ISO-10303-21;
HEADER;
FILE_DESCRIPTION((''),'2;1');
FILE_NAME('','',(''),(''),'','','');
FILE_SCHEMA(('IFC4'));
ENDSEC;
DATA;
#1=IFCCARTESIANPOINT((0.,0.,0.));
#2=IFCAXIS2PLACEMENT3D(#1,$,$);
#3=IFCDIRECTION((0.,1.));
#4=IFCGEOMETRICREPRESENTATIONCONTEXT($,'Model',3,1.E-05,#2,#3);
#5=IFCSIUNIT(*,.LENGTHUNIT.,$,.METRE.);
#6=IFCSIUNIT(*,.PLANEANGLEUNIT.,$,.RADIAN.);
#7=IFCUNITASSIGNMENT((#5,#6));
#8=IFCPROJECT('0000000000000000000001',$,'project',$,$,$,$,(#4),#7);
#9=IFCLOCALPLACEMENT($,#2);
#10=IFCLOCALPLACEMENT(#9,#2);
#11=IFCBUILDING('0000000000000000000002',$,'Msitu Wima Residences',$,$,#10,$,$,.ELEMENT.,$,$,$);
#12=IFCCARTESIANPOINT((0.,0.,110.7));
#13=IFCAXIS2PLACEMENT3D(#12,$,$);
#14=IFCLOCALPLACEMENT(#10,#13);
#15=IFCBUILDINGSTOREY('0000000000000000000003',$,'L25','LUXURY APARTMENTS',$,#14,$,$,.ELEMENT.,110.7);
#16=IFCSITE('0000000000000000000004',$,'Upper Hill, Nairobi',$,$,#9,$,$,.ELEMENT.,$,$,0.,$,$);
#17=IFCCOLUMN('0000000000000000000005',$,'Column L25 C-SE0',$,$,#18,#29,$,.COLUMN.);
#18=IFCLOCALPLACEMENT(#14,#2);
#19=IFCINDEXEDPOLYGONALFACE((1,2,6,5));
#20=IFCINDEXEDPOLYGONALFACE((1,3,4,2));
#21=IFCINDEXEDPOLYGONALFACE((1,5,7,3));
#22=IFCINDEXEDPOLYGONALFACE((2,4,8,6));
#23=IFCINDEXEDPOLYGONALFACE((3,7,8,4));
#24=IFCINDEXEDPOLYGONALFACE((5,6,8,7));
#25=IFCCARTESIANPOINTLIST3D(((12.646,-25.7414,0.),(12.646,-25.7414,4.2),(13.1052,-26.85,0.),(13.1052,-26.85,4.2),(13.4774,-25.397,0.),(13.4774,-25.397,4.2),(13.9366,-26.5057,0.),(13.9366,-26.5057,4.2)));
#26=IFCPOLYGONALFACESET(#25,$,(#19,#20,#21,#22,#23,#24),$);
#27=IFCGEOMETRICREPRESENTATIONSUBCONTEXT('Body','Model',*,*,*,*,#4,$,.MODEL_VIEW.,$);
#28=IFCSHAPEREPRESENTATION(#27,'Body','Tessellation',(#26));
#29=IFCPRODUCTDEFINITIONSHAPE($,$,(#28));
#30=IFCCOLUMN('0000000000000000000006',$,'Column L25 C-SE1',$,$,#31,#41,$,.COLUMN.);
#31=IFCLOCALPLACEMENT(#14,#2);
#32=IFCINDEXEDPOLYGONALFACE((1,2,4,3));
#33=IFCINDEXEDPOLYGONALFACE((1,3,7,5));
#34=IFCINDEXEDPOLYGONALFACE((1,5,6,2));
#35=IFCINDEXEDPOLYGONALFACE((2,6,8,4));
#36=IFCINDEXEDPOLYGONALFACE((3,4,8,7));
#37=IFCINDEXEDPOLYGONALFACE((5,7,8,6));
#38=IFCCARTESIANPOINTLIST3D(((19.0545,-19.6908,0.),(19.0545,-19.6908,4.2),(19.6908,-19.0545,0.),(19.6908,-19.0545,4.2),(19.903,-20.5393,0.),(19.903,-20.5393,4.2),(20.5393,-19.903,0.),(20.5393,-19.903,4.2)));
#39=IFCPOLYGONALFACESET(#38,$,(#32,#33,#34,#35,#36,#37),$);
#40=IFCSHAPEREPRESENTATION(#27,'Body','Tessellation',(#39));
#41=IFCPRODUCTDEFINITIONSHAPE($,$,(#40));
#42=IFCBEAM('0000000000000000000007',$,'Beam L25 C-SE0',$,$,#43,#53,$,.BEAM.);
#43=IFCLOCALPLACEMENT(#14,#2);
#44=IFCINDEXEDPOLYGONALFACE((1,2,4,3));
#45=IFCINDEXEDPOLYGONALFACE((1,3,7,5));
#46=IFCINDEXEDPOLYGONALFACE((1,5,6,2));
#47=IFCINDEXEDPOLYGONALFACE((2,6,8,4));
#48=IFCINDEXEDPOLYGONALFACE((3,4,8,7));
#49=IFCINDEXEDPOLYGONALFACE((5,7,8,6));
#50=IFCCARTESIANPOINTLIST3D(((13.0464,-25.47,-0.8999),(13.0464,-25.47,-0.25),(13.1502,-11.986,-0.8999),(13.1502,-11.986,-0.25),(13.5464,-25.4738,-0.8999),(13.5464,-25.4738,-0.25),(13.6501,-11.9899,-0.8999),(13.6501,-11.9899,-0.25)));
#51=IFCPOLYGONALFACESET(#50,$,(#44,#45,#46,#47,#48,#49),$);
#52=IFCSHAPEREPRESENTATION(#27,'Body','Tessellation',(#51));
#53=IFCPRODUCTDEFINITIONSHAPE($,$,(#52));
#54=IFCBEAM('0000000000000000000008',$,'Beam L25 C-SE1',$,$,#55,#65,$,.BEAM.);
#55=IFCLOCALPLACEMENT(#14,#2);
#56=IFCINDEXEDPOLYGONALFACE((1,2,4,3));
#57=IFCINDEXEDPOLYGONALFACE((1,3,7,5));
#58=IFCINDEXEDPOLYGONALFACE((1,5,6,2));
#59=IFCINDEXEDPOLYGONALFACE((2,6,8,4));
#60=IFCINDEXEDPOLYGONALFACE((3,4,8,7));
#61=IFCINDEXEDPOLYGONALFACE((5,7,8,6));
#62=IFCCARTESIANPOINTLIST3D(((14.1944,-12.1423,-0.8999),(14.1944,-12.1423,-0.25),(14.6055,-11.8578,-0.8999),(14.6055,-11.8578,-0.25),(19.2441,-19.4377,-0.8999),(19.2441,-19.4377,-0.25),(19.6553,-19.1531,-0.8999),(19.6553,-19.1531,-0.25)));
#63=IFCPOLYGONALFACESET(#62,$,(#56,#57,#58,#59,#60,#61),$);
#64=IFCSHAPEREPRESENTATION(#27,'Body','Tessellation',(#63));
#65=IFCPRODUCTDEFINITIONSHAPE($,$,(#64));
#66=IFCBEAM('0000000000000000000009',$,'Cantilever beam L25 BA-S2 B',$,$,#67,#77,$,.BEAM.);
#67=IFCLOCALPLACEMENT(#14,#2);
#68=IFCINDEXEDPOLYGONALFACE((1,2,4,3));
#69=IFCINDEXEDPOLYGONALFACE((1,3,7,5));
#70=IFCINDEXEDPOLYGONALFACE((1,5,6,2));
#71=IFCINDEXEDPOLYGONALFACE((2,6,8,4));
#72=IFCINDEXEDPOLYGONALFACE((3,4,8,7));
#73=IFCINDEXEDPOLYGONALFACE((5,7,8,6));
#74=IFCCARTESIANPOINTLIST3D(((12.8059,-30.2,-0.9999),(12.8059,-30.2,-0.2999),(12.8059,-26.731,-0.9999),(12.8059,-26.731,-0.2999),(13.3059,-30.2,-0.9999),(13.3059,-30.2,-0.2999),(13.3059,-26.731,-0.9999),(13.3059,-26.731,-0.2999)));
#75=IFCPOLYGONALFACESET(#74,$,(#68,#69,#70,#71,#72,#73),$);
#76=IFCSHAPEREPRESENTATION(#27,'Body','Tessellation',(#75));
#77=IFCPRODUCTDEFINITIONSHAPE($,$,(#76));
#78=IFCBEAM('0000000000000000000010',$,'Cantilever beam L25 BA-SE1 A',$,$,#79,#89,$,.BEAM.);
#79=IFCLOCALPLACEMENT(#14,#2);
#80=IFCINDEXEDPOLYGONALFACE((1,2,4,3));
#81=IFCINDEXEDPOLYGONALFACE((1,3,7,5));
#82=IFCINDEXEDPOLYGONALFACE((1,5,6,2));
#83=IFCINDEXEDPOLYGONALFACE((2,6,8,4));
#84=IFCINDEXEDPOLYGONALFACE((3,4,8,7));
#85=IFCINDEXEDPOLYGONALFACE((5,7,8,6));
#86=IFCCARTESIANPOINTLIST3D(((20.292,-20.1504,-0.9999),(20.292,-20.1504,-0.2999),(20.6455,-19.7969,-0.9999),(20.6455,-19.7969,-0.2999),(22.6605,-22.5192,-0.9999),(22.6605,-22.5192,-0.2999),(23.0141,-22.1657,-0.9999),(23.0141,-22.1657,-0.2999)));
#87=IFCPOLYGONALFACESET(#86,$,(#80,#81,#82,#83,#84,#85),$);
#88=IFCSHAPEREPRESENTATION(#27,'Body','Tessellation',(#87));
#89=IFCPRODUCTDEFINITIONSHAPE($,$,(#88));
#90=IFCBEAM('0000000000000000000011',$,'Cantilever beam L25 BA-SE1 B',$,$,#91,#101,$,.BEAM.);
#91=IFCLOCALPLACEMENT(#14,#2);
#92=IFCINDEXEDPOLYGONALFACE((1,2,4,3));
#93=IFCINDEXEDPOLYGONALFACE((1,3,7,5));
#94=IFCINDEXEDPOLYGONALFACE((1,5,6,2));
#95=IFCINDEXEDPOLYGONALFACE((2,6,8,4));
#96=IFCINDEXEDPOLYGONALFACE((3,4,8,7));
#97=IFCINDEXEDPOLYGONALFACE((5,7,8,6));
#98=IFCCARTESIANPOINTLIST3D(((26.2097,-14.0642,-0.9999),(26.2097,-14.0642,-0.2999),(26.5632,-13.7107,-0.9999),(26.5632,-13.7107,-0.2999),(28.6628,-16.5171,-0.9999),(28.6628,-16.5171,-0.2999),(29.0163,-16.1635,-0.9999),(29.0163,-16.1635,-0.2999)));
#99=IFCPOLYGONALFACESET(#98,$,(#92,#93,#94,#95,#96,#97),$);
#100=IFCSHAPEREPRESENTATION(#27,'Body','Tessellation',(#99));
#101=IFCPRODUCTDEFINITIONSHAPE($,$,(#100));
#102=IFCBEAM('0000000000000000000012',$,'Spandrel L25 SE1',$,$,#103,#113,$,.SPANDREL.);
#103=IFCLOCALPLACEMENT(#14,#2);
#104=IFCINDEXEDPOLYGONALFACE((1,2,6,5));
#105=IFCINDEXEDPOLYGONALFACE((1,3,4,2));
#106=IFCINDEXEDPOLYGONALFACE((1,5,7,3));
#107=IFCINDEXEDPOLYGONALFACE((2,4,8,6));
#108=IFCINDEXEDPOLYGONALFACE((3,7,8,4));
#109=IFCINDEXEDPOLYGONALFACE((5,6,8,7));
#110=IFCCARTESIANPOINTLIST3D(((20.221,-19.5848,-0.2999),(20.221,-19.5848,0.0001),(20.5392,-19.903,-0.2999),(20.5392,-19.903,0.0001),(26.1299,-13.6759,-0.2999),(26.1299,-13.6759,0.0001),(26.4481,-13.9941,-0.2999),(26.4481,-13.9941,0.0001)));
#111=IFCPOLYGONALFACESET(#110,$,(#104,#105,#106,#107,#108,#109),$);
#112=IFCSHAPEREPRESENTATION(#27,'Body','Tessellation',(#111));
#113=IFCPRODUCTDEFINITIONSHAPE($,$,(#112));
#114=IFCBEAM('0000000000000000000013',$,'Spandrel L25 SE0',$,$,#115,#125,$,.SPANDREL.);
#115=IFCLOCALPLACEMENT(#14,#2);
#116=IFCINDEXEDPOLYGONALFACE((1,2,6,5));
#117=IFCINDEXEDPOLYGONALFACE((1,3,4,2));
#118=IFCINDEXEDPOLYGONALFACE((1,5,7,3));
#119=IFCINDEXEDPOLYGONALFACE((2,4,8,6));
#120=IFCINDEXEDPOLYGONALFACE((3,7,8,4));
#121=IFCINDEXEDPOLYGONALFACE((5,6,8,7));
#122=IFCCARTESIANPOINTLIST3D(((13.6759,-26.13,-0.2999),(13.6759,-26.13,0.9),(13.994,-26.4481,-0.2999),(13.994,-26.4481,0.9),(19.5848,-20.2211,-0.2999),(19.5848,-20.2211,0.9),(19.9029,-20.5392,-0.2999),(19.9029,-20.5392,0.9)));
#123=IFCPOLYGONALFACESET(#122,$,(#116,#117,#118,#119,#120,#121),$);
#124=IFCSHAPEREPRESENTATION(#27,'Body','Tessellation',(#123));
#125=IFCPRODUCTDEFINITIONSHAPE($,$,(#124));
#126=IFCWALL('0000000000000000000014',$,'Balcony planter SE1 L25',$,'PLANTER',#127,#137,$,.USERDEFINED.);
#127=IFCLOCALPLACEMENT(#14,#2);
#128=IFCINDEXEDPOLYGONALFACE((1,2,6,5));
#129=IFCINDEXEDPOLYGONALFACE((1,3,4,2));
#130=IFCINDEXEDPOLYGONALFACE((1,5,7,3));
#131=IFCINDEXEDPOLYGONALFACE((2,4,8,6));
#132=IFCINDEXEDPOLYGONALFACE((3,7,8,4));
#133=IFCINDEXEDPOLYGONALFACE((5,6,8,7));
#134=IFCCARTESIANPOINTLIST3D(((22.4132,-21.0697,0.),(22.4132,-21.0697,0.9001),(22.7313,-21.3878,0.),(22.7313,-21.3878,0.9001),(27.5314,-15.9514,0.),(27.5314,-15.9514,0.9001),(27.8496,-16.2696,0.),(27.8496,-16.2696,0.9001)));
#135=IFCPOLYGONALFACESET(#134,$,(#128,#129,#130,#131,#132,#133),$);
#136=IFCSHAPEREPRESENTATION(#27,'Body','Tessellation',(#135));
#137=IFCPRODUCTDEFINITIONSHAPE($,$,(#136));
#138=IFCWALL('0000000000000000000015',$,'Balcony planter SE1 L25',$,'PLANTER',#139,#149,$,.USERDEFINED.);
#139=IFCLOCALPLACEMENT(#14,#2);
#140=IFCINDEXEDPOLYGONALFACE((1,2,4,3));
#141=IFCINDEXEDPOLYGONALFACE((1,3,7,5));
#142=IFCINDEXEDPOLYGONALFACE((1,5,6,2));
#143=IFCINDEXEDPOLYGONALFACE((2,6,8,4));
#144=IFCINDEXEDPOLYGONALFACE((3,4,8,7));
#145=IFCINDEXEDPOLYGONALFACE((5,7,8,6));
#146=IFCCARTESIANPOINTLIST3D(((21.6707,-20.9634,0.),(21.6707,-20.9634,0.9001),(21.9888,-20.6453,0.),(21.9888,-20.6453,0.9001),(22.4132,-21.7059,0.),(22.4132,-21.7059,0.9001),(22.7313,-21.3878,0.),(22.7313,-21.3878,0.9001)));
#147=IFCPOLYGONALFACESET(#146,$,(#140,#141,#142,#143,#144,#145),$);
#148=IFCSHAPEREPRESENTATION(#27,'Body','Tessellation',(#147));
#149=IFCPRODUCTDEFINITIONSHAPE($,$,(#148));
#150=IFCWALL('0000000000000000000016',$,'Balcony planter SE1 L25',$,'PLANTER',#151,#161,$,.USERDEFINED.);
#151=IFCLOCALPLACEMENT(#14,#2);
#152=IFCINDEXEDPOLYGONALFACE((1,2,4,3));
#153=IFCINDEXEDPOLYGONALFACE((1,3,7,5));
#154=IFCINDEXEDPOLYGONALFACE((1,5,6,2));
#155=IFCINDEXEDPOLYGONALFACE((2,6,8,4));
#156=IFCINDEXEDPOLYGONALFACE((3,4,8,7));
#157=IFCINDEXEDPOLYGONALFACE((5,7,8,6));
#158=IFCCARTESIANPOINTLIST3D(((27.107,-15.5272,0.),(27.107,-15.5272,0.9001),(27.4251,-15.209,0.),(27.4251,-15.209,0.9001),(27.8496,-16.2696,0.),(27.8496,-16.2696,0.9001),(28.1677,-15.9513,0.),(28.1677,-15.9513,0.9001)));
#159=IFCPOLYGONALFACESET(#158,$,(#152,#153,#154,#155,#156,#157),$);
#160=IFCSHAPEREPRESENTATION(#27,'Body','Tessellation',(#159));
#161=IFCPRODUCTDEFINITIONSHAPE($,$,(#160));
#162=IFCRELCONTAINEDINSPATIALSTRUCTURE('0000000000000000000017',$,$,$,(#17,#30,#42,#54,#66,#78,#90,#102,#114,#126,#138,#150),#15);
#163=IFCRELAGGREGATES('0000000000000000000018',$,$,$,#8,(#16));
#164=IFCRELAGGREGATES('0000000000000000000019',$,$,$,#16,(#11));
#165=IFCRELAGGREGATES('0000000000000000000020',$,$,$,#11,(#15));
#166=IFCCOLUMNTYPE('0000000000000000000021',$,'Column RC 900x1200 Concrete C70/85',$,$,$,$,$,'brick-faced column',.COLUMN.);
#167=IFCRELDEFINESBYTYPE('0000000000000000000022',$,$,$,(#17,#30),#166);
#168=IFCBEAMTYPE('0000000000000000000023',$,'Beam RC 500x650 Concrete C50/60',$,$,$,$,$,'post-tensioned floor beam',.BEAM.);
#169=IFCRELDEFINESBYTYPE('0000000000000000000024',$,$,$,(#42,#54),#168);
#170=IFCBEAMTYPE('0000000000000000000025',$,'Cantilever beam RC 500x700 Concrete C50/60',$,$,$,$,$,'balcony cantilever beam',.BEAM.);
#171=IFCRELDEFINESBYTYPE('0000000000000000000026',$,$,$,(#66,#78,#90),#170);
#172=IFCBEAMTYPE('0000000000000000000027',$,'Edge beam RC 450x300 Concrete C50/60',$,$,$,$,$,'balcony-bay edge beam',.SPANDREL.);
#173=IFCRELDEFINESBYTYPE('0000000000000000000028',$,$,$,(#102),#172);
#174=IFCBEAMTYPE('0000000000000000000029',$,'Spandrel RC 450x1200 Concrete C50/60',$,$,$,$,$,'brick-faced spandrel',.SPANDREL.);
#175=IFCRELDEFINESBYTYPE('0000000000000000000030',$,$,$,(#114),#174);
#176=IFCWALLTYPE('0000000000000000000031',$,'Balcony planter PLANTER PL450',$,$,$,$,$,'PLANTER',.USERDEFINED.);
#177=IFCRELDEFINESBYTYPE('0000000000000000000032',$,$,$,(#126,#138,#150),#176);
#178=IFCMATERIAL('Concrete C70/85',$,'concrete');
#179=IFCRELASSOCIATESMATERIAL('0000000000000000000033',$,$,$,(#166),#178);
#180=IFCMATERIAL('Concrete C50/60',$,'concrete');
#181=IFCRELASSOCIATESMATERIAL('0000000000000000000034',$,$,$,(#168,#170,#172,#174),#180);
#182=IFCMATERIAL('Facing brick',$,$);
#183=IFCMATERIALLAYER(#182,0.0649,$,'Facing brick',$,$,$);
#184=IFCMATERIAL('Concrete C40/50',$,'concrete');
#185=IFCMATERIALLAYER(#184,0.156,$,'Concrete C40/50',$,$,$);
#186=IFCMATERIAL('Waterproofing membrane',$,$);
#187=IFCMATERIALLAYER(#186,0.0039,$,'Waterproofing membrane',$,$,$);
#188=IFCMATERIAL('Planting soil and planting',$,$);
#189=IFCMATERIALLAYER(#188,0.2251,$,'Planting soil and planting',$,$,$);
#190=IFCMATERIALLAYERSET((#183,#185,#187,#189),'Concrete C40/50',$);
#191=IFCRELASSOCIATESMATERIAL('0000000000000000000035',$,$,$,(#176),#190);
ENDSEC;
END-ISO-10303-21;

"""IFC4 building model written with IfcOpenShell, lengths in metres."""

from ifc_helpers import new_model, si_unit, direction, frame, frame_2d, origin, origin_2d, place, context, subcontext, project, spatial, rectangle, extrude, material, layer, layer_set, material_profile, profile_set, type_object, element, save


model = new_model("IFC4")

# Units and contexts
model_context = context("Model", 3, precision=1e-05, world=origin(), true_north=direction((0.0, 1.0)))
body_context = subcontext(model_context, "Body", "Model", "MODEL_VIEW")
ifc_project = project(units=[si_unit("LENGTHUNIT", "METRE"), si_unit("PLANEANGLEUNIT", "RADIAN")], contexts=[model_context])

# Site, building, storey
site_placement = place(None, origin())
site = spatial("IfcSite", under=ifc_project, at=site_placement, Name="Upper Hill, Nairobi", CompositionType="ELEMENT", RefElevation=0.0)
building_placement = place(site_placement, origin())
building = spatial("IfcBuilding", under=site, at=building_placement, Name="Msitu Wima Residences", CompositionType="ELEMENT")
storey_placement = place(building_placement, frame((0.0, 0.0, 110.7)))
storey = spatial("IfcBuildingStorey", under=building, at=storey_placement, Name="L25", Description="LUXURY APARTMENTS", CompositionType="ELEMENT", Elevation=110.7)

# Columns
ifc_material_1 = material(Name="Concrete C70/85", Category="concrete")
ifc_material_profile_1 = material_profile(ifc_material_1, rectangle(XDim=0.8999, YDim=1.2, at=origin_2d()), Name="RC 900x1200")
ifc_profile_set_1 = profile_set([ifc_material_profile_1], Name="Concrete C70/85")
column_type = type_object("IfcColumnType", Name="Column RC 900x1200 Concrete C70/85", ElementType="brick-faced column", PredefinedType="COLUMN", material=ifc_profile_set_1)
for number, where, z_axis, x_axis, name in (
    (1, (13.2913, -26.1235, 0.0), (0.0, 0.0, 1.0), (0.92388, 0.382683, 0.0), "Column L25 C-SE0"),
    (2, (19.7969, -19.7969, 0.0), (0.0, 0.0, 1.0), (0.707107, 0.707107, 0.0), "Column L25 C-SE1"),
):
    element("IfcColumn", number, at=place(storey_placement, frame(where, z_axis=z_axis, x_axis=x_axis)), inside=storey, type_object=column_type, Name=name, PredefinedType="COLUMN", context=body_context, shape_type="SweptSolid", body=[
        extrude(rectangle(XDim=0.8999, YDim=1.2, at=origin_2d()), origin(), (0.0, 0.0, 1.0), 4.2),
    ])

# Beams
ifc_material_2 = material(Name="Concrete C50/60", Category="concrete")
ifc_material_profile_2 = material_profile(ifc_material_2, rectangle(XDim=0.5, YDim=0.6499, at=origin_2d()), Name="RC 500x650")
ifc_profile_set_2 = profile_set([ifc_material_profile_2], Name="Concrete C50/60")
beam_type_1 = type_object("IfcBeamType", Name="Beam RC 500x650 Concrete C50/60", ElementType="post-tensioned floor beam", PredefinedType="BEAM", material=ifc_profile_set_2)
beam_1_placement = place(storey_placement, frame((13.2964, -25.4719, -0.575), z_axis=(0.007695, 0.99997, 0.0), x_axis=(-0.99997, 0.007695, 0.0)))
element("IfcBeam", 3, at=beam_1_placement, inside=storey, type_object=beam_type_1, Name="Beam L25 C-SE0", PredefinedType="BEAM", context=body_context, shape_type="SweptSolid", body=[
    extrude(rectangle(XDim=0.5, YDim=0.6499, at=origin_2d()), origin(), (0.0, 0.0, 1.0), 13.4844),
])
beam_2_placement = place(storey_placement, frame((19.4497, -19.2954, -0.575), z_axis=(-0.569144, 0.822238, 0.0), x_axis=(-0.822238, -0.569144, 0.0)))
element("IfcBeam", 4, at=beam_2_placement, inside=storey, type_object=beam_type_1, Name="Beam L25 C-SE1", PredefinedType="BEAM", context=body_context, shape_type="SweptSolid", body=[
    extrude(rectangle(XDim=0.5, YDim=0.6499, at=origin_2d()), origin(), (0.0, 0.0, 1.0), 8.8726),
])
ifc_material_profile_3 = material_profile(ifc_material_2, rectangle(XDim=0.5, YDim=0.7, at=origin_2d()), Name="RC 500x700")
ifc_profile_set_3 = profile_set([ifc_material_profile_3], Name="Concrete C50/60")
beam_type_2 = type_object("IfcBeamType", Name="Cantilever beam RC 500x700 Concrete C50/60", ElementType="balcony cantilever beam", PredefinedType="BEAM", material=ifc_profile_set_3)
beam_3_placement = place(storey_placement, frame((13.0559, -26.731, -0.6499), z_axis=(0.0, -1.0, 0.0), x_axis=(1.0, 0.0, 0.0)))
element("IfcBeam", 5, at=beam_3_placement, inside=storey, type_object=beam_type_2, Name="Cantilever beam L25 BA-S2 B", PredefinedType="BEAM", context=body_context, shape_type="SweptSolid", body=[
    extrude(rectangle(XDim=0.5, YDim=0.7, at=origin_2d()), origin(), (0.0, 0.0, 1.0), 3.469),
])
beam_4_placement = place(storey_placement, frame((20.4688, -19.9736, -0.6499), z_axis=(0.70707, -0.707143, 0.0), x_axis=(0.707143, 0.70707, 0.0)))
element("IfcBeam", 6, at=beam_4_placement, inside=storey, type_object=beam_type_2, Name="Cantilever beam L25 BA-SE1 A", PredefinedType="BEAM", context=body_context, shape_type="SweptSolid", body=[
    extrude(rectangle(XDim=0.5, YDim=0.7, at=origin_2d()), origin(), (0.0, 0.0, 1.0), 3.3499),
])
beam_5_placement = place(storey_placement, frame((26.3865, -13.8875, -0.6499), z_axis=(0.707142, -0.707072, 0.0), x_axis=(0.707072, 0.707142, 0.0)))
element("IfcBeam", 7, at=beam_5_placement, inside=storey, type_object=beam_type_2, Name="Cantilever beam L25 BA-SE1 B", PredefinedType="BEAM", context=body_context, shape_type="SweptSolid", body=[
    extrude(rectangle(XDim=0.5, YDim=0.7, at=origin_2d()), origin(), (0.0, 0.0, 1.0), 3.469),
])
ifc_material_profile_4 = material_profile(ifc_material_2, rectangle(XDim=0.45, YDim=0.3, at=origin_2d()), Name="RC 450x300")
ifc_profile_set_4 = profile_set([ifc_material_profile_4], Name="Concrete C50/60")
beam_type_3 = type_object("IfcBeamType", Name="Edge beam RC 450x300 Concrete C50/60", ElementType="balcony-bay edge beam", PredefinedType="SPANDREL", material=ifc_profile_set_4)
beam_6_placement = place(storey_placement, frame((20.3801, -19.7439, -0.1499), z_axis=(0.707107, 0.707107, 0.0), x_axis=(-0.707107, 0.707107, 0.0)))
element("IfcBeam", 8, at=beam_6_placement, inside=storey, type_object=beam_type_3, Name="Spandrel L25 SE1", PredefinedType="SPANDREL", context=body_context, shape_type="SweptSolid", body=[
    extrude(rectangle(XDim=0.45, YDim=0.3, at=origin_2d()), origin(), (0.0, 0.0, 1.0), 8.3564),
])
ifc_material_profile_5 = material_profile(ifc_material_2, rectangle(XDim=0.45, YDim=1.2, at=origin_2d()), Name="RC 450x1200")
ifc_profile_set_5 = profile_set([ifc_material_profile_5], Name="Concrete C50/60")
beam_type_4 = type_object("IfcBeamType", Name="Spandrel RC 450x1200 Concrete C50/60", ElementType="brick-faced spandrel", PredefinedType="SPANDREL", material=ifc_profile_set_5)
beam_7_placement = place(storey_placement, frame((13.835, -26.2891, 0.3), z_axis=(0.707107, 0.707107, 0.0), x_axis=(-0.707107, 0.707107, 0.0)))
element("IfcBeam", 9, at=beam_7_placement, inside=storey, type_object=beam_type_4, Name="Spandrel L25 SE0", PredefinedType="SPANDREL", context=body_context, shape_type="SweptSolid", body=[
    extrude(rectangle(XDim=0.45, YDim=1.2, at=origin_2d()), origin(), (0.0, 0.0, 1.0), 8.3564),
])

# Walls
ifc_material_3 = material(Name="Facing brick")
ifc_layer_1 = layer(ifc_material_3, 0.0649, Name="Facing brick")
ifc_material_4 = material(Name="Concrete C40/50", Category="concrete")
ifc_layer_2 = layer(ifc_material_4, 0.156, Name="Concrete C40/50")
ifc_material_5 = material(Name="Waterproofing membrane")
ifc_layer_3 = layer(ifc_material_5, 0.0039, Name="Waterproofing membrane")
ifc_material_6 = material(Name="Planting soil and planting")
ifc_layer_4 = layer(ifc_material_6, 0.2251, Name="Planting soil and planting")
ifc_layer_set_1 = layer_set([ifc_layer_1, ifc_layer_2, ifc_layer_3, ifc_layer_4], Name="Concrete C40/50")
wall_type_1 = type_object("IfcWallType", Name="Balcony planter PLANTER PL450", ElementType="PLANTER", PredefinedType="USERDEFINED", material=ifc_layer_set_1)
wall_1_placement = place(storey_placement, frame((22.5723, -21.2288, 0.0), z_axis=(0.0, 0.0, 1.0), x_axis=(0.707107, 0.707107, 0.0)))
element("IfcWall", 10, at=wall_1_placement, inside=storey, type_object=wall_type_1, Name="Balcony planter SE1 L25", ObjectType="PLANTER", PredefinedType="USERDEFINED", context=body_context, shape_type="SweptSolid", body=[
    extrude(rectangle(XDim=7.2383, YDim=0.45, at=frame_2d((3.6191, 0.0))), origin(), (0.0, 0.0, 1.0), 0.9001),
])
for number, where, z_axis, x_axis, name in (
    (11, (21.8298, -20.8044, 0.0), (0.0, 0.0, 1.0), (0.707107, -0.707107, 0.0), "Balcony planter SE1 L25"),
    (12, (27.2661, -15.3682, 0.0), (0.0, 0.0, 1.0), (0.707223, -0.706991, 0.0), "Balcony planter SE1 L25"),
):
    element("IfcWall", number, at=place(storey_placement, frame(where, z_axis=z_axis, x_axis=x_axis)), inside=storey, type_object=wall_type_1, Name=name, ObjectType="PLANTER", PredefinedType="USERDEFINED", context=body_context, shape_type="SweptSolid", body=[
        extrude(rectangle(XDim=1.05, YDim=0.45, at=frame_2d((0.5249, 0.0))), origin(), (0.0, 0.0, 1.0), 0.9001),
    ])

save(model, "model.ifc")
